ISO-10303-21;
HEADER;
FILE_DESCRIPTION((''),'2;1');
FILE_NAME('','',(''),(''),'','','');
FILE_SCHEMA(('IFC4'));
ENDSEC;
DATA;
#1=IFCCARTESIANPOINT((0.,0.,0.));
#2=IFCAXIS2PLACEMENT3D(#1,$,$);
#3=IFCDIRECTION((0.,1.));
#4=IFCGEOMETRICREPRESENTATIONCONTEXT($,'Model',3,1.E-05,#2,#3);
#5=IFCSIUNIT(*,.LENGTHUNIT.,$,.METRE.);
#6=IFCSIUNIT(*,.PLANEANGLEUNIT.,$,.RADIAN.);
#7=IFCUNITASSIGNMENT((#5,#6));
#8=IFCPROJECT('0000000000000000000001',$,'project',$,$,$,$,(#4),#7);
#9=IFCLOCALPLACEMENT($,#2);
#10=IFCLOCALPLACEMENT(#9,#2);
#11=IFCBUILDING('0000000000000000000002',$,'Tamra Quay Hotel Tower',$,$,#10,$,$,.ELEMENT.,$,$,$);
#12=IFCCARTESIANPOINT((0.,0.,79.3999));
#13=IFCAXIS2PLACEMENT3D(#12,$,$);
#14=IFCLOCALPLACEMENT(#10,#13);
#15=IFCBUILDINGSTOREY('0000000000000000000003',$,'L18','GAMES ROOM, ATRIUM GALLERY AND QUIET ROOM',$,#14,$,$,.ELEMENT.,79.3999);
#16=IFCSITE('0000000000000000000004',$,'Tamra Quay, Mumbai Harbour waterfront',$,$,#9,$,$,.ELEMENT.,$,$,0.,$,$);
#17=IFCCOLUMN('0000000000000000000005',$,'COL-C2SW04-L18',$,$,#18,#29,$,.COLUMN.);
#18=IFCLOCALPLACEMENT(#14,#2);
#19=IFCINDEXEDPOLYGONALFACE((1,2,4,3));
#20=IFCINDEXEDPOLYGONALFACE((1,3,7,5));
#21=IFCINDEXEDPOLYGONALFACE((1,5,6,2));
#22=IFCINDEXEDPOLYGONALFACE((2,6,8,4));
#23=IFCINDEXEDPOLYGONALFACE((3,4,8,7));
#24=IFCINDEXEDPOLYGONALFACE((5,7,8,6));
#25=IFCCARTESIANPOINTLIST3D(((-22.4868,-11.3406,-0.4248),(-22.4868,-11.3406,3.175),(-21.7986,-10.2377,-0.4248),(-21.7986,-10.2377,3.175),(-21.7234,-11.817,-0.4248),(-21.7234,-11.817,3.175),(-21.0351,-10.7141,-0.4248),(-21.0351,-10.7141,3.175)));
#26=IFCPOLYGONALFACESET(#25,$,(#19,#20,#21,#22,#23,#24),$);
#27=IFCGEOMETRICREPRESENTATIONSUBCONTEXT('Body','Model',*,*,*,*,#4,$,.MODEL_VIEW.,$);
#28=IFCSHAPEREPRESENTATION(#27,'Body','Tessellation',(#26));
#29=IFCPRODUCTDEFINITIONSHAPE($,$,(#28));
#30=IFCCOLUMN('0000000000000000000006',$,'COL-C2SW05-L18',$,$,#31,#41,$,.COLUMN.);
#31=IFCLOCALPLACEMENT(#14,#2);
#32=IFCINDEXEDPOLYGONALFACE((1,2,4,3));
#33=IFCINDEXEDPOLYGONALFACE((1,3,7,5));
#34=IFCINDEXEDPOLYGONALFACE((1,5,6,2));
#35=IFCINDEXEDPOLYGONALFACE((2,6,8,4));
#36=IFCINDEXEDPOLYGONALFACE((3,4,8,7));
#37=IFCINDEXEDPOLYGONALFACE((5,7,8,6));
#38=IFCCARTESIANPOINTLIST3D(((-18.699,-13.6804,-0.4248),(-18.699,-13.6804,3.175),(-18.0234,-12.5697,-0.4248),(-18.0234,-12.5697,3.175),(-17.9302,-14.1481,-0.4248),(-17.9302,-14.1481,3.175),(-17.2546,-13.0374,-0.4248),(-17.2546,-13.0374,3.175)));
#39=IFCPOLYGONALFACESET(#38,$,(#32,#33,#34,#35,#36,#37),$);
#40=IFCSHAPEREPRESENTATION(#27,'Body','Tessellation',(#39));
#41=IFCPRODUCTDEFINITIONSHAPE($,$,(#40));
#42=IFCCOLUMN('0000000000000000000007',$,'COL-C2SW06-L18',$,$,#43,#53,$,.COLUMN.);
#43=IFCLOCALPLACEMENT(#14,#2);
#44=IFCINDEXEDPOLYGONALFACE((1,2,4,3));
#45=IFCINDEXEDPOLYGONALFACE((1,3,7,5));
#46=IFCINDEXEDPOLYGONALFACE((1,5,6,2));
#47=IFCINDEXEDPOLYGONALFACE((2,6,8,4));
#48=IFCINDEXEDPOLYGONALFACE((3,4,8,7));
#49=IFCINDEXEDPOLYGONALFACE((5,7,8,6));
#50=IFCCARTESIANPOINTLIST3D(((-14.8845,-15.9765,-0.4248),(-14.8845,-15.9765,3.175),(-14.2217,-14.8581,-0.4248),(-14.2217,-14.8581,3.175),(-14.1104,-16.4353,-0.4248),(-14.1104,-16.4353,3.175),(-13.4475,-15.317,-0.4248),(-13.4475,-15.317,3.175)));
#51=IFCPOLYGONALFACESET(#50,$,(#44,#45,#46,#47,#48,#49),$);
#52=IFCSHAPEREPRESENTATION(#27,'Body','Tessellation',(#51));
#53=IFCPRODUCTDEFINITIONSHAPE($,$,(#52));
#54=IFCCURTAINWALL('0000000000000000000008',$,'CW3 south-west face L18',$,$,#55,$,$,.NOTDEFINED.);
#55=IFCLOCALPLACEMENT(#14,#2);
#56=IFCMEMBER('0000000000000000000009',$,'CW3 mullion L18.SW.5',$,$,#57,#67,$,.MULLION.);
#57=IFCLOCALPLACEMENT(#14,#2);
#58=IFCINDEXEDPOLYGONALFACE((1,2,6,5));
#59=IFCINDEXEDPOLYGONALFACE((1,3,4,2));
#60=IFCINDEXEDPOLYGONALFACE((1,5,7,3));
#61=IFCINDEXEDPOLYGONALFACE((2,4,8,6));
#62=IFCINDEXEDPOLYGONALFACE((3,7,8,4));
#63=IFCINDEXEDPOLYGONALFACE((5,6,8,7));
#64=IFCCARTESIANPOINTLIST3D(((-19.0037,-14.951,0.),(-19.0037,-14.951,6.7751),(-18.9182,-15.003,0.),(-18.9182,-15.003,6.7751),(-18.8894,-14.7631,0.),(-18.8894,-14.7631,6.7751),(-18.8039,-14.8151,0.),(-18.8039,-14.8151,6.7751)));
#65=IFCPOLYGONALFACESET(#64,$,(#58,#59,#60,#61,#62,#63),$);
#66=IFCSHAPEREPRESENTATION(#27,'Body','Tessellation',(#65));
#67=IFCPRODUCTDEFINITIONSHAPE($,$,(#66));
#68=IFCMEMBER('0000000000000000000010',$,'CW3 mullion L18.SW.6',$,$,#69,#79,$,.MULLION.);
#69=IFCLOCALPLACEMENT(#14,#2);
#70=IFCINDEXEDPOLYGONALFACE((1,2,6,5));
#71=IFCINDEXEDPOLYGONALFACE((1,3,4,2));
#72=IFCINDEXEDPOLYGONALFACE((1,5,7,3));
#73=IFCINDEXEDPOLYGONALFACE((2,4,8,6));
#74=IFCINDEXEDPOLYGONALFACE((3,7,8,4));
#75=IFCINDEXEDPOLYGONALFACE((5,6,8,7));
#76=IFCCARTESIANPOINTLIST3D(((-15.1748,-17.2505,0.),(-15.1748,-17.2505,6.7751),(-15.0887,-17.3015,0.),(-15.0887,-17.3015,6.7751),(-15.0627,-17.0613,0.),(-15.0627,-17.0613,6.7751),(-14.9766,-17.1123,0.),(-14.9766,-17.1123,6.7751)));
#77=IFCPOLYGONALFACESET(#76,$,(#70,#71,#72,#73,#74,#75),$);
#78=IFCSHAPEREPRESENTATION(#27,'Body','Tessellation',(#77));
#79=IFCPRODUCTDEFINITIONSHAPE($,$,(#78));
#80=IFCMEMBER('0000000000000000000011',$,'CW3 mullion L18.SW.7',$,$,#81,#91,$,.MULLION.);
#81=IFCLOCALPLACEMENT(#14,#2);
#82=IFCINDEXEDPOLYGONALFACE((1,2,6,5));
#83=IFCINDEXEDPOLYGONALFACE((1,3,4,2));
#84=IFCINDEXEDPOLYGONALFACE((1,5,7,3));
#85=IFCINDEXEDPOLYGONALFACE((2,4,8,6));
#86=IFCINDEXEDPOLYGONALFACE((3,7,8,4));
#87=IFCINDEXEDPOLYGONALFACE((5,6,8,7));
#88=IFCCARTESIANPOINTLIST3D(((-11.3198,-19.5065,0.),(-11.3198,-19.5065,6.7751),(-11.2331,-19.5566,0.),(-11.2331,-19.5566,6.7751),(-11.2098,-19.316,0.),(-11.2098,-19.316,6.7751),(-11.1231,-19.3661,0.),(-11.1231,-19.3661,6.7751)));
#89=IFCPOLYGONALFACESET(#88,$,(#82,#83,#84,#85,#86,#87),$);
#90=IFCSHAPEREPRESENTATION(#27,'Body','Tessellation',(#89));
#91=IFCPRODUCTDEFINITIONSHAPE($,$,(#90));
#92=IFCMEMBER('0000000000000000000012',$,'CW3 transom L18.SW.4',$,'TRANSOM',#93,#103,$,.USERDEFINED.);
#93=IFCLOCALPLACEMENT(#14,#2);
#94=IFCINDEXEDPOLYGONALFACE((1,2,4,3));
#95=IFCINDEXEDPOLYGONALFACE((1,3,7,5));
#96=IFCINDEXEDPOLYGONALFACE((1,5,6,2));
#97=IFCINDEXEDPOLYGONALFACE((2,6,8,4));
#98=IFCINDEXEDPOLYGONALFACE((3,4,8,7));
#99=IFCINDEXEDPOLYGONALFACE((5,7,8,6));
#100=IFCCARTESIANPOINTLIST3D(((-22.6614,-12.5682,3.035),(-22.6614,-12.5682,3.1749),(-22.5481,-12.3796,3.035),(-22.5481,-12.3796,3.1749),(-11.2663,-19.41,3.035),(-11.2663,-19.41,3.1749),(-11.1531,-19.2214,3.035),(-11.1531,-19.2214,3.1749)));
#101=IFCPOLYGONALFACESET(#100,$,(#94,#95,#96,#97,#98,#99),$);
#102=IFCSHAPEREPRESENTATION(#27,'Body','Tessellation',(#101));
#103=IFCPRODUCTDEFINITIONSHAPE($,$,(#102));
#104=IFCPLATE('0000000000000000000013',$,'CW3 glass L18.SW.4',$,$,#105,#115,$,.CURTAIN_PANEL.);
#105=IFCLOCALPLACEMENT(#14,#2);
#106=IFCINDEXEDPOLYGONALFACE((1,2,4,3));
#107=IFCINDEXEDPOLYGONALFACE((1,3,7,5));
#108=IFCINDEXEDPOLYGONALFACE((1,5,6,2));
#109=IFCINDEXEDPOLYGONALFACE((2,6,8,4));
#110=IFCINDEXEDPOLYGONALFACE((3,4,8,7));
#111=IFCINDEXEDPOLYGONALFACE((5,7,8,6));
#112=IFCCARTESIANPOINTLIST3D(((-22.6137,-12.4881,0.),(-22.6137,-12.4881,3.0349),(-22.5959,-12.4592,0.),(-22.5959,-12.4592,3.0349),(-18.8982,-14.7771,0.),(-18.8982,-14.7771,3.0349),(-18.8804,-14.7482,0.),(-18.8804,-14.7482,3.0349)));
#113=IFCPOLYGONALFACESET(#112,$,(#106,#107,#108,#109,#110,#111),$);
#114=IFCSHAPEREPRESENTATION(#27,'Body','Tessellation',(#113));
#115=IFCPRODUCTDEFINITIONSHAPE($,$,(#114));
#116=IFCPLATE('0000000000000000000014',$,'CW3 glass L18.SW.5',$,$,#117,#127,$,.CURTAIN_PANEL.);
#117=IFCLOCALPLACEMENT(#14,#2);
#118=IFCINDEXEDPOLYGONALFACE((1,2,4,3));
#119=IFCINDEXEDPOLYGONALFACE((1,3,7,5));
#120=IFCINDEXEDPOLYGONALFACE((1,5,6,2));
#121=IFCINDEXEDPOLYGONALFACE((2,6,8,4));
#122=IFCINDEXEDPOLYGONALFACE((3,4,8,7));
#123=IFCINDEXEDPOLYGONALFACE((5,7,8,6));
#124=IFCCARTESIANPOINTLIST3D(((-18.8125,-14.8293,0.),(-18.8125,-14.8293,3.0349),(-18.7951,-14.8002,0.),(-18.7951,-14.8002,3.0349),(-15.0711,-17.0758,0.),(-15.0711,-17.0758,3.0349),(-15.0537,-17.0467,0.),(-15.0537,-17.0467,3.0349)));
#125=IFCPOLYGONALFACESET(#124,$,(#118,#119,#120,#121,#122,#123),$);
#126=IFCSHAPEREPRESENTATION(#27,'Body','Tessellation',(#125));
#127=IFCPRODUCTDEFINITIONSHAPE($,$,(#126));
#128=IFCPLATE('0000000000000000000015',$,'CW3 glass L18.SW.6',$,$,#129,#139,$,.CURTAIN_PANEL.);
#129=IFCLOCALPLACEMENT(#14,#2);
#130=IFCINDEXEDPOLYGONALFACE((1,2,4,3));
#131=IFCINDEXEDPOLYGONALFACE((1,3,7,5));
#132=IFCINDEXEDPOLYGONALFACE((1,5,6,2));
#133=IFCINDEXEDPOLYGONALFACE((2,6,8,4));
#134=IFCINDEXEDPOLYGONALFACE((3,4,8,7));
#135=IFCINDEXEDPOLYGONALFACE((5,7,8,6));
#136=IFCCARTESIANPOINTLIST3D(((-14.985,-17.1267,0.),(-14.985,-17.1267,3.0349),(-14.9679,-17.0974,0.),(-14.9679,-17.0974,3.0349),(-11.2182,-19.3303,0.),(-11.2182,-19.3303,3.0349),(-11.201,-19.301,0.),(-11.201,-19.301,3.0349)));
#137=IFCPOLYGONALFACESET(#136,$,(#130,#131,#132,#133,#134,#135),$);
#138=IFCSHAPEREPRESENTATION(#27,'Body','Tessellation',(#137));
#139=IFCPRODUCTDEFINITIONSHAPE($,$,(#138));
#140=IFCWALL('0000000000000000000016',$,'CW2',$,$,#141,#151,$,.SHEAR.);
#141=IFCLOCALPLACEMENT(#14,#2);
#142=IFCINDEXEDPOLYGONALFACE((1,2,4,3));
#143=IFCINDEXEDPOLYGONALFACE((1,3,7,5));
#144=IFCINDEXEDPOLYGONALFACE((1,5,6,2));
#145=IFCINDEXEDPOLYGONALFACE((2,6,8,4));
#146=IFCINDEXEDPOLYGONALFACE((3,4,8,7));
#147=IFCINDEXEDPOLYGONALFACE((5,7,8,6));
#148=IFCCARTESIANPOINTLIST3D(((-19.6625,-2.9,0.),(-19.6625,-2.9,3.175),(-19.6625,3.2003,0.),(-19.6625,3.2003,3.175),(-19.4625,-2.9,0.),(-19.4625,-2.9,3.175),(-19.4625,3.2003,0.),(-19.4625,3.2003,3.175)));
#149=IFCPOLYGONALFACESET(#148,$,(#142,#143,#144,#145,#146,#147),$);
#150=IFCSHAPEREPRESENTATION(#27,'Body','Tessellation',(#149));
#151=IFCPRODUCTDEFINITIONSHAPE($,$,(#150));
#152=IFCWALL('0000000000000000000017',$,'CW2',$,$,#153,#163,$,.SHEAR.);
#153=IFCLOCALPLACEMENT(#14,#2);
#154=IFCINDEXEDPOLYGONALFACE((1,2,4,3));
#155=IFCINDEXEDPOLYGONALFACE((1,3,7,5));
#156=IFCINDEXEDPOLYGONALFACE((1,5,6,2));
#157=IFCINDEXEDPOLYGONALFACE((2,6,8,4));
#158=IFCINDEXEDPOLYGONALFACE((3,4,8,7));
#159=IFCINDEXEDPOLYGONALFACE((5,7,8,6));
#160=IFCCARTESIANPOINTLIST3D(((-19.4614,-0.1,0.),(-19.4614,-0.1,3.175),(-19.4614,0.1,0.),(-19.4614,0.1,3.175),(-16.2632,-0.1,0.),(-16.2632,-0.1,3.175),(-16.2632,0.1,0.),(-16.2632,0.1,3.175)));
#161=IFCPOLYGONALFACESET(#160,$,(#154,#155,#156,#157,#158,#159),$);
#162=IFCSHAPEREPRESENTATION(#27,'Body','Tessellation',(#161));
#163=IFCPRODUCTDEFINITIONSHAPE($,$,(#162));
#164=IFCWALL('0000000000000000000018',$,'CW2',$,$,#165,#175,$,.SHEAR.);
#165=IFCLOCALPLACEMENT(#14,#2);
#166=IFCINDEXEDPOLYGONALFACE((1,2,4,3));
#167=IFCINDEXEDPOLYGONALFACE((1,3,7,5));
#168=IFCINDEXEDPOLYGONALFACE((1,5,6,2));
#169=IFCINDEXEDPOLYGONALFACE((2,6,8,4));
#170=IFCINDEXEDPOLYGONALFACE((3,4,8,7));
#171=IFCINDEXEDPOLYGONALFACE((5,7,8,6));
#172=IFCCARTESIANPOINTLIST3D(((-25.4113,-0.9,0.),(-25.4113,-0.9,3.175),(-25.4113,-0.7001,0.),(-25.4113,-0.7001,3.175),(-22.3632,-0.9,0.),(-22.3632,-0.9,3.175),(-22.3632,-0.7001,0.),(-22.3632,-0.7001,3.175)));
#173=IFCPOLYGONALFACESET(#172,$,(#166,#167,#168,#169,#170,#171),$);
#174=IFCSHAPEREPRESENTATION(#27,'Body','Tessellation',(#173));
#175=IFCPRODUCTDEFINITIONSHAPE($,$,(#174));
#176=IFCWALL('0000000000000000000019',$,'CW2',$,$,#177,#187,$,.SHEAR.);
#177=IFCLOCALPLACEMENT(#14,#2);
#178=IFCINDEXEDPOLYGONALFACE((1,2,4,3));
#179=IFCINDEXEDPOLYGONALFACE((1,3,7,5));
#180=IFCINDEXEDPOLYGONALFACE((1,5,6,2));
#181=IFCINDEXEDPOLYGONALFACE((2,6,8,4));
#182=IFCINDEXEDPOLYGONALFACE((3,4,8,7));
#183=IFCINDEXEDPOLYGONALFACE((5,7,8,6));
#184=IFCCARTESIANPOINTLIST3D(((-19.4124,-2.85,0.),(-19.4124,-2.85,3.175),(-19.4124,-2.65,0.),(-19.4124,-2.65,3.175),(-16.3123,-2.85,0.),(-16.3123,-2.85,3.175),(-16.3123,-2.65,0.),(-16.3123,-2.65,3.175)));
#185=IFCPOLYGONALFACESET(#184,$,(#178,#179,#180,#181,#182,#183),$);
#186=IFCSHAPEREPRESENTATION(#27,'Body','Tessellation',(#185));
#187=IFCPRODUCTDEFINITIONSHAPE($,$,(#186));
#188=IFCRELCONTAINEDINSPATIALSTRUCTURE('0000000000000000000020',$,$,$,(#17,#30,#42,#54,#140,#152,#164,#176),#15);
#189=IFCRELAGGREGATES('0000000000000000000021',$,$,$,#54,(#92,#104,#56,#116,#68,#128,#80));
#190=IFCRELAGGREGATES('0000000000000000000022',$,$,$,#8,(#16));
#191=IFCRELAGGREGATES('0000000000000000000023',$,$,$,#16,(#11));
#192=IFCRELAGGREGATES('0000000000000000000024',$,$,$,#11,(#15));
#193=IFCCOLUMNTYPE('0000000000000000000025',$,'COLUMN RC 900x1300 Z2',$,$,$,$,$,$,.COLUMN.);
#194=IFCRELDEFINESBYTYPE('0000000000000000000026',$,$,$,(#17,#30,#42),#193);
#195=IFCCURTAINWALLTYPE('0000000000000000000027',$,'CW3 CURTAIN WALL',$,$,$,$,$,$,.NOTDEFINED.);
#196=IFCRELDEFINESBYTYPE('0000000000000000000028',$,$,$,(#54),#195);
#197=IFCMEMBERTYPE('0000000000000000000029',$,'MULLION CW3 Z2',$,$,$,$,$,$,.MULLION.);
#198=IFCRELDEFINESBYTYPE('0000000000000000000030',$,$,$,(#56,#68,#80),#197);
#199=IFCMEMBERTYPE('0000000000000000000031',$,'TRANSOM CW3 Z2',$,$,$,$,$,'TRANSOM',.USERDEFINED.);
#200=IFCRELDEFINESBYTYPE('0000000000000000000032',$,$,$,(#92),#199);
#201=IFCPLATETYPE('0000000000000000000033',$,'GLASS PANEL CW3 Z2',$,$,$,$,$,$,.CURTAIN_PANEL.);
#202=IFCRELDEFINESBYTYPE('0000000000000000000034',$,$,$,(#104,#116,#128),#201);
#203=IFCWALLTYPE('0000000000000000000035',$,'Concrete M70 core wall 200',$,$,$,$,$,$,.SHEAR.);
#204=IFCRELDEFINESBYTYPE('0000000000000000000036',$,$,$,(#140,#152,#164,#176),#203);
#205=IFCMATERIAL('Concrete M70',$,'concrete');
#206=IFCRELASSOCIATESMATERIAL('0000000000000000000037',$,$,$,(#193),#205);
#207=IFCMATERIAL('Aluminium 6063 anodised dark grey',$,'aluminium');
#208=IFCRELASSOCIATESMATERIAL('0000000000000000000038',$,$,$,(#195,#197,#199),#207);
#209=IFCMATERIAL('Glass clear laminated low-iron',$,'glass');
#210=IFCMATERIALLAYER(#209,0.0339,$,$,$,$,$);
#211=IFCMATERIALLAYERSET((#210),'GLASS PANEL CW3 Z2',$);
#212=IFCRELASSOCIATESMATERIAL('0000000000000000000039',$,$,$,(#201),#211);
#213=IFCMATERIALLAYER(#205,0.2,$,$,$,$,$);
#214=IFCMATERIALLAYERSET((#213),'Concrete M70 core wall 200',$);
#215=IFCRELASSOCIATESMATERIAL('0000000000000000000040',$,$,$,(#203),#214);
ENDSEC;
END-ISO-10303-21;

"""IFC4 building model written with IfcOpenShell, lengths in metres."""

from ifc_helpers import new_model, si_unit, direction, frame, frame_2d, origin, origin_2d, place, context, subcontext, project, spatial, rectangle, extrude, material, layer, layer_set, material_profile, profile_set, type_object, element, aggregate, save


model = new_model("IFC4")

# Units and contexts
model_context = context("Model", 3, precision=1e-05, world=origin(), true_north=direction((0.0, 1.0)))
body_context = subcontext(model_context, "Body", "Model", "MODEL_VIEW")
ifc_project = project(units=[si_unit("LENGTHUNIT", "METRE"), si_unit("PLANEANGLEUNIT", "RADIAN")], contexts=[model_context])

# Site, building, storey
site_placement = place(None, origin())
site = spatial("IfcSite", under=ifc_project, at=site_placement, Name="Tamra Quay, Mumbai Harbour waterfront", CompositionType="ELEMENT", RefElevation=0.0)
building_placement = place(site_placement, origin())
building = spatial("IfcBuilding", under=site, at=building_placement, Name="Tamra Quay Hotel Tower", CompositionType="ELEMENT")
storey_placement = place(building_placement, frame((0.0, 0.0, 79.3999)))
storey = spatial("IfcBuildingStorey", under=building, at=storey_placement, Name="L18", Description="GAMES ROOM, ATRIUM GALLERY AND QUIET ROOM", CompositionType="ELEMENT", Elevation=79.3999)

# Columns
ifc_material_1 = material(Name="Concrete M70", Category="concrete")
ifc_material_profile_1 = material_profile(ifc_material_1, rectangle(XDim=1.3, YDim=0.8999, at=origin_2d()), Name="COLUMN RC 900x1300 Z2")
ifc_profile_set_1 = profile_set([ifc_material_profile_1], Name="Concrete M70")
column_type = type_object("IfcColumnType", Name="COLUMN RC 900x1300 Z2", PredefinedType="COLUMN", material=ifc_profile_set_1)
for number, where, z_axis, x_axis, name in (
    (1, (-21.761, -11.0273, -0.4248), (0.0, 0.0, 1.0), (0.52941, 0.848366, 0.0), "COL-C2SW04-L18"),
    (2, (-17.9768, -13.3589, -0.4248), (0.0, 0.0, 1.0), (0.519679, 0.854362, 0.0), "COL-C2SW05-L18"),
    (3, (-14.166, -15.6467, -0.4248), (0.0, 0.0, 1.0), (0.509873, 0.860249, 0.0), "COL-C2SW06-L18"),
):
    element("IfcColumn", number, at=place(storey_placement, frame(where, z_axis=z_axis, x_axis=x_axis)), inside=storey, type_object=column_type, Name=name, PredefinedType="COLUMN", context=body_context, shape_type="SweptSolid", body=[
        extrude(rectangle(XDim=1.3, YDim=0.8999, at=origin_2d()), origin(), (0.0, 0.0, 1.0), 3.5999),
    ])

# Curtain wall, members, plates
ifc_material_2 = material(Name="Aluminium 6063 anodised dark grey", Category="aluminium")
curtain_wall_type = type_object("IfcCurtainWallType", Name="CW3 CURTAIN WALL", PredefinedType="NOTDEFINED", material=ifc_material_2)
curtain_wall_placement = place(storey_placement, origin())
curtain_wall = element("IfcCurtainWall", 4, at=curtain_wall_placement, inside=storey, type_object=curtain_wall_type, Name="CW3 south-west face L18", PredefinedType="NOTDEFINED")
ifc_material_profile_2 = material_profile(ifc_material_2, rectangle(XDim=0.22, YDim=0.1001, at=origin_2d()), Name="MULLION 100X220")
ifc_profile_set_2 = profile_set([ifc_material_profile_2], Name="Aluminium 6063 anodised dark grey")
member_type_1 = type_object("IfcMemberType", Name="MULLION CW3 Z2", PredefinedType="MULLION", material=ifc_profile_set_2)
member_1_placement = place(storey_placement, frame((-18.9038, -14.8831, 0.0), z_axis=(0.0, 0.0, 1.0), x_axis=(-0.51965, -0.854379, 0.0)))
member_1 = element("IfcMember", 5, at=member_1_placement, type_object=member_type_1, Name="CW3 mullion L18.SW.5", PredefinedType="MULLION", context=body_context, shape_type="SweptSolid", body=[
    extrude(rectangle(XDim=0.22, YDim=0.1001, at=origin_2d()), origin(), (0.0, 0.0, 1.0), 6.7751),
])
member_2_placement = place(storey_placement, frame((-15.0757, -17.1814, 0.0), z_axis=(0.0, 0.0, 1.0), x_axis=(-0.50986, -0.860257, 0.0)))
member_2 = element("IfcMember", 6, at=member_2_placement, type_object=member_type_1, Name="CW3 mullion L18.SW.6", PredefinedType="MULLION", context=body_context, shape_type="SweptSolid", body=[
    extrude(rectangle(XDim=0.22, YDim=0.1001, at=origin_2d()), origin(), (0.0, 0.0, 1.0), 6.7751),
])
member_3_placement = place(storey_placement, frame((-11.2214, -19.4363, 0.0), z_axis=(0.0, 0.0, 1.0), x_axis=(-0.5, -0.866025, 0.0)))
member_3 = element("IfcMember", 7, at=member_3_placement, type_object=member_type_1, Name="CW3 mullion L18.SW.7", PredefinedType="MULLION", context=body_context, shape_type="SweptSolid", body=[
    extrude(rectangle(XDim=0.22, YDim=0.1001, at=origin_2d()), origin(), (0.0, 0.0, 1.0), 6.7751),
])
ifc_material_profile_3 = material_profile(ifc_material_2, rectangle(XDim=0.22, YDim=0.1399, at=origin_2d()), Name="TRANSOM 220X140")
ifc_profile_set_3 = profile_set([ifc_material_profile_3], Name="Aluminium 6063 anodised dark grey")
member_type_2 = type_object("IfcMemberType", Name="TRANSOM CW3 Z2", ElementType="TRANSOM", PredefinedType="USERDEFINED", material=ifc_profile_set_3)
member_4_placement = place(storey_placement, frame((-22.6047, -12.4739, 3.105), z_axis=(0.857334, -0.51476, 0.0), x_axis=(0.51476, 0.857334, 0.0)))
member_4 = element("IfcMember", 8, at=member_4_placement, type_object=member_type_2, Name="CW3 transom L18.SW.4", ObjectType="TRANSOM", PredefinedType="USERDEFINED", context=body_context, shape_type="SweptSolid", body=[
    extrude(rectangle(XDim=0.22, YDim=0.1399, at=origin_2d()), origin(), (0.0, 0.0, 1.0), 13.2913),
])
ifc_material_3 = material(Name="Glass clear laminated low-iron", Category="glass")
ifc_layer_1 = layer(ifc_material_3, 0.0339)
ifc_layer_set_1 = layer_set([ifc_layer_1], Name="GLASS PANEL CW3 Z2")
plate_type = type_object("IfcPlateType", Name="GLASS PANEL CW3 Z2", PredefinedType="CURTAIN_PANEL", material=ifc_layer_set_1)
plate_1_placement = place(storey_placement, frame((-20.7471, -13.6182, 0.0), z_axis=(0.0, 0.0, 1.0), x_axis=(0.851399, -0.524518, 0.0)))
plate_1 = element("IfcPlate", 9, at=plate_1_placement, type_object=plate_type, Name="CW3 glass L18.SW.4", PredefinedType="CURTAIN_PANEL", context=body_context, shape_type="SweptSolid", body=[
    extrude(rectangle(XDim=4.364, YDim=0.0339, at=origin_2d()), origin(), (0.0, 0.0, 1.0), 3.0349),
])
plate_2_placement = place(storey_placement, frame((-16.9331, -15.938, 0.0), z_axis=(0.0, 0.0, 1.0), x_axis=(0.857331, -0.514765, 0.0)))
plate_2 = element("IfcPlate", 10, at=plate_2_placement, type_object=plate_type, Name="CW3 glass L18.SW.5", PredefinedType="CURTAIN_PANEL", context=body_context, shape_type="SweptSolid", body=[
    extrude(rectangle(XDim=4.364, YDim=0.0339, at=origin_2d()), origin(), (0.0, 0.0, 1.0), 3.0349),
])
plate_3_placement = place(storey_placement, frame((-13.093, -18.2139, 0.0), z_axis=(0.0, 0.0, 1.0), x_axis=(0.863155, -0.504939, 0.0)))
plate_3 = element("IfcPlate", 11, at=plate_3_placement, type_object=plate_type, Name="CW3 glass L18.SW.6", PredefinedType="CURTAIN_PANEL", context=body_context, shape_type="SweptSolid", body=[
    extrude(rectangle(XDim=4.364, YDim=0.0339, at=origin_2d()), origin(), (0.0, 0.0, 1.0), 3.0349),
])
aggregate(curtain_wall, [member_4, plate_1, member_1, plate_2, member_2, plate_3, member_3])

# Walls
ifc_layer_2 = layer(ifc_material_1, 0.2)
ifc_layer_set_2 = layer_set([ifc_layer_2], Name="Concrete M70 core wall 200")
wall_type_1 = type_object("IfcWallType", Name="Concrete M70 core wall 200", PredefinedType="SHEAR", material=ifc_layer_set_2)
wall_1_placement = place(storey_placement, frame((-19.5625, -2.9001, 0.0), z_axis=(0.0, 0.0, 1.0), x_axis=(0.0, 1.0, 0.0)))
element("IfcWall", 12, at=wall_1_placement, inside=storey, type_object=wall_type_1, Name="CW2", PredefinedType="SHEAR", context=body_context, shape_type="SweptSolid", body=[
    extrude(rectangle(XDim=6.1003, YDim=0.2, at=frame_2d((3.0503, 0.0))), origin(), (0.0, 0.0, 1.0), 3.175),
])
wall_2_placement = place(storey_placement, frame((-16.2632, 0.0, 0.0), z_axis=(0.0, 0.0, 1.0), x_axis=(-1.0, 0.0, 0.0)))
element("IfcWall", 13, at=wall_2_placement, inside=storey, type_object=wall_type_1, Name="CW2", PredefinedType="SHEAR", context=body_context, shape_type="SweptSolid", body=[
    extrude(rectangle(XDim=3.1982, YDim=0.2, at=frame_2d((1.5991, 0.0))), origin(), (0.0, 0.0, 1.0), 3.175),
])
wall_3_placement = place(storey_placement, frame((-22.3633, -0.8, 0.0), z_axis=(0.0, 0.0, 1.0), x_axis=(-1.0, 0.0, 0.0)))
element("IfcWall", 14, at=wall_3_placement, inside=storey, type_object=wall_type_1, Name="CW2", PredefinedType="SHEAR", context=body_context, shape_type="SweptSolid", body=[
    extrude(rectangle(XDim=3.0481, YDim=0.2, at=frame_2d((1.5239, 0.0))), origin(), (0.0, 0.0, 1.0), 3.175),
])
wall_4_placement = place(storey_placement, frame((-19.4124, -2.75, 0.0), z_axis=(0.0, 0.0, 1.0), x_axis=(1.0, 0.0, 0.0)))
element("IfcWall", 15, at=wall_4_placement, inside=storey, type_object=wall_type_1, Name="CW2", PredefinedType="SHEAR", context=body_context, shape_type="SweptSolid", body=[
    extrude(rectangle(XDim=3.1001, YDim=0.2, at=frame_2d((1.55, 0.0))), origin(), (0.0, 0.0, 1.0), 3.175),
])

save(model, "model.ifc")
